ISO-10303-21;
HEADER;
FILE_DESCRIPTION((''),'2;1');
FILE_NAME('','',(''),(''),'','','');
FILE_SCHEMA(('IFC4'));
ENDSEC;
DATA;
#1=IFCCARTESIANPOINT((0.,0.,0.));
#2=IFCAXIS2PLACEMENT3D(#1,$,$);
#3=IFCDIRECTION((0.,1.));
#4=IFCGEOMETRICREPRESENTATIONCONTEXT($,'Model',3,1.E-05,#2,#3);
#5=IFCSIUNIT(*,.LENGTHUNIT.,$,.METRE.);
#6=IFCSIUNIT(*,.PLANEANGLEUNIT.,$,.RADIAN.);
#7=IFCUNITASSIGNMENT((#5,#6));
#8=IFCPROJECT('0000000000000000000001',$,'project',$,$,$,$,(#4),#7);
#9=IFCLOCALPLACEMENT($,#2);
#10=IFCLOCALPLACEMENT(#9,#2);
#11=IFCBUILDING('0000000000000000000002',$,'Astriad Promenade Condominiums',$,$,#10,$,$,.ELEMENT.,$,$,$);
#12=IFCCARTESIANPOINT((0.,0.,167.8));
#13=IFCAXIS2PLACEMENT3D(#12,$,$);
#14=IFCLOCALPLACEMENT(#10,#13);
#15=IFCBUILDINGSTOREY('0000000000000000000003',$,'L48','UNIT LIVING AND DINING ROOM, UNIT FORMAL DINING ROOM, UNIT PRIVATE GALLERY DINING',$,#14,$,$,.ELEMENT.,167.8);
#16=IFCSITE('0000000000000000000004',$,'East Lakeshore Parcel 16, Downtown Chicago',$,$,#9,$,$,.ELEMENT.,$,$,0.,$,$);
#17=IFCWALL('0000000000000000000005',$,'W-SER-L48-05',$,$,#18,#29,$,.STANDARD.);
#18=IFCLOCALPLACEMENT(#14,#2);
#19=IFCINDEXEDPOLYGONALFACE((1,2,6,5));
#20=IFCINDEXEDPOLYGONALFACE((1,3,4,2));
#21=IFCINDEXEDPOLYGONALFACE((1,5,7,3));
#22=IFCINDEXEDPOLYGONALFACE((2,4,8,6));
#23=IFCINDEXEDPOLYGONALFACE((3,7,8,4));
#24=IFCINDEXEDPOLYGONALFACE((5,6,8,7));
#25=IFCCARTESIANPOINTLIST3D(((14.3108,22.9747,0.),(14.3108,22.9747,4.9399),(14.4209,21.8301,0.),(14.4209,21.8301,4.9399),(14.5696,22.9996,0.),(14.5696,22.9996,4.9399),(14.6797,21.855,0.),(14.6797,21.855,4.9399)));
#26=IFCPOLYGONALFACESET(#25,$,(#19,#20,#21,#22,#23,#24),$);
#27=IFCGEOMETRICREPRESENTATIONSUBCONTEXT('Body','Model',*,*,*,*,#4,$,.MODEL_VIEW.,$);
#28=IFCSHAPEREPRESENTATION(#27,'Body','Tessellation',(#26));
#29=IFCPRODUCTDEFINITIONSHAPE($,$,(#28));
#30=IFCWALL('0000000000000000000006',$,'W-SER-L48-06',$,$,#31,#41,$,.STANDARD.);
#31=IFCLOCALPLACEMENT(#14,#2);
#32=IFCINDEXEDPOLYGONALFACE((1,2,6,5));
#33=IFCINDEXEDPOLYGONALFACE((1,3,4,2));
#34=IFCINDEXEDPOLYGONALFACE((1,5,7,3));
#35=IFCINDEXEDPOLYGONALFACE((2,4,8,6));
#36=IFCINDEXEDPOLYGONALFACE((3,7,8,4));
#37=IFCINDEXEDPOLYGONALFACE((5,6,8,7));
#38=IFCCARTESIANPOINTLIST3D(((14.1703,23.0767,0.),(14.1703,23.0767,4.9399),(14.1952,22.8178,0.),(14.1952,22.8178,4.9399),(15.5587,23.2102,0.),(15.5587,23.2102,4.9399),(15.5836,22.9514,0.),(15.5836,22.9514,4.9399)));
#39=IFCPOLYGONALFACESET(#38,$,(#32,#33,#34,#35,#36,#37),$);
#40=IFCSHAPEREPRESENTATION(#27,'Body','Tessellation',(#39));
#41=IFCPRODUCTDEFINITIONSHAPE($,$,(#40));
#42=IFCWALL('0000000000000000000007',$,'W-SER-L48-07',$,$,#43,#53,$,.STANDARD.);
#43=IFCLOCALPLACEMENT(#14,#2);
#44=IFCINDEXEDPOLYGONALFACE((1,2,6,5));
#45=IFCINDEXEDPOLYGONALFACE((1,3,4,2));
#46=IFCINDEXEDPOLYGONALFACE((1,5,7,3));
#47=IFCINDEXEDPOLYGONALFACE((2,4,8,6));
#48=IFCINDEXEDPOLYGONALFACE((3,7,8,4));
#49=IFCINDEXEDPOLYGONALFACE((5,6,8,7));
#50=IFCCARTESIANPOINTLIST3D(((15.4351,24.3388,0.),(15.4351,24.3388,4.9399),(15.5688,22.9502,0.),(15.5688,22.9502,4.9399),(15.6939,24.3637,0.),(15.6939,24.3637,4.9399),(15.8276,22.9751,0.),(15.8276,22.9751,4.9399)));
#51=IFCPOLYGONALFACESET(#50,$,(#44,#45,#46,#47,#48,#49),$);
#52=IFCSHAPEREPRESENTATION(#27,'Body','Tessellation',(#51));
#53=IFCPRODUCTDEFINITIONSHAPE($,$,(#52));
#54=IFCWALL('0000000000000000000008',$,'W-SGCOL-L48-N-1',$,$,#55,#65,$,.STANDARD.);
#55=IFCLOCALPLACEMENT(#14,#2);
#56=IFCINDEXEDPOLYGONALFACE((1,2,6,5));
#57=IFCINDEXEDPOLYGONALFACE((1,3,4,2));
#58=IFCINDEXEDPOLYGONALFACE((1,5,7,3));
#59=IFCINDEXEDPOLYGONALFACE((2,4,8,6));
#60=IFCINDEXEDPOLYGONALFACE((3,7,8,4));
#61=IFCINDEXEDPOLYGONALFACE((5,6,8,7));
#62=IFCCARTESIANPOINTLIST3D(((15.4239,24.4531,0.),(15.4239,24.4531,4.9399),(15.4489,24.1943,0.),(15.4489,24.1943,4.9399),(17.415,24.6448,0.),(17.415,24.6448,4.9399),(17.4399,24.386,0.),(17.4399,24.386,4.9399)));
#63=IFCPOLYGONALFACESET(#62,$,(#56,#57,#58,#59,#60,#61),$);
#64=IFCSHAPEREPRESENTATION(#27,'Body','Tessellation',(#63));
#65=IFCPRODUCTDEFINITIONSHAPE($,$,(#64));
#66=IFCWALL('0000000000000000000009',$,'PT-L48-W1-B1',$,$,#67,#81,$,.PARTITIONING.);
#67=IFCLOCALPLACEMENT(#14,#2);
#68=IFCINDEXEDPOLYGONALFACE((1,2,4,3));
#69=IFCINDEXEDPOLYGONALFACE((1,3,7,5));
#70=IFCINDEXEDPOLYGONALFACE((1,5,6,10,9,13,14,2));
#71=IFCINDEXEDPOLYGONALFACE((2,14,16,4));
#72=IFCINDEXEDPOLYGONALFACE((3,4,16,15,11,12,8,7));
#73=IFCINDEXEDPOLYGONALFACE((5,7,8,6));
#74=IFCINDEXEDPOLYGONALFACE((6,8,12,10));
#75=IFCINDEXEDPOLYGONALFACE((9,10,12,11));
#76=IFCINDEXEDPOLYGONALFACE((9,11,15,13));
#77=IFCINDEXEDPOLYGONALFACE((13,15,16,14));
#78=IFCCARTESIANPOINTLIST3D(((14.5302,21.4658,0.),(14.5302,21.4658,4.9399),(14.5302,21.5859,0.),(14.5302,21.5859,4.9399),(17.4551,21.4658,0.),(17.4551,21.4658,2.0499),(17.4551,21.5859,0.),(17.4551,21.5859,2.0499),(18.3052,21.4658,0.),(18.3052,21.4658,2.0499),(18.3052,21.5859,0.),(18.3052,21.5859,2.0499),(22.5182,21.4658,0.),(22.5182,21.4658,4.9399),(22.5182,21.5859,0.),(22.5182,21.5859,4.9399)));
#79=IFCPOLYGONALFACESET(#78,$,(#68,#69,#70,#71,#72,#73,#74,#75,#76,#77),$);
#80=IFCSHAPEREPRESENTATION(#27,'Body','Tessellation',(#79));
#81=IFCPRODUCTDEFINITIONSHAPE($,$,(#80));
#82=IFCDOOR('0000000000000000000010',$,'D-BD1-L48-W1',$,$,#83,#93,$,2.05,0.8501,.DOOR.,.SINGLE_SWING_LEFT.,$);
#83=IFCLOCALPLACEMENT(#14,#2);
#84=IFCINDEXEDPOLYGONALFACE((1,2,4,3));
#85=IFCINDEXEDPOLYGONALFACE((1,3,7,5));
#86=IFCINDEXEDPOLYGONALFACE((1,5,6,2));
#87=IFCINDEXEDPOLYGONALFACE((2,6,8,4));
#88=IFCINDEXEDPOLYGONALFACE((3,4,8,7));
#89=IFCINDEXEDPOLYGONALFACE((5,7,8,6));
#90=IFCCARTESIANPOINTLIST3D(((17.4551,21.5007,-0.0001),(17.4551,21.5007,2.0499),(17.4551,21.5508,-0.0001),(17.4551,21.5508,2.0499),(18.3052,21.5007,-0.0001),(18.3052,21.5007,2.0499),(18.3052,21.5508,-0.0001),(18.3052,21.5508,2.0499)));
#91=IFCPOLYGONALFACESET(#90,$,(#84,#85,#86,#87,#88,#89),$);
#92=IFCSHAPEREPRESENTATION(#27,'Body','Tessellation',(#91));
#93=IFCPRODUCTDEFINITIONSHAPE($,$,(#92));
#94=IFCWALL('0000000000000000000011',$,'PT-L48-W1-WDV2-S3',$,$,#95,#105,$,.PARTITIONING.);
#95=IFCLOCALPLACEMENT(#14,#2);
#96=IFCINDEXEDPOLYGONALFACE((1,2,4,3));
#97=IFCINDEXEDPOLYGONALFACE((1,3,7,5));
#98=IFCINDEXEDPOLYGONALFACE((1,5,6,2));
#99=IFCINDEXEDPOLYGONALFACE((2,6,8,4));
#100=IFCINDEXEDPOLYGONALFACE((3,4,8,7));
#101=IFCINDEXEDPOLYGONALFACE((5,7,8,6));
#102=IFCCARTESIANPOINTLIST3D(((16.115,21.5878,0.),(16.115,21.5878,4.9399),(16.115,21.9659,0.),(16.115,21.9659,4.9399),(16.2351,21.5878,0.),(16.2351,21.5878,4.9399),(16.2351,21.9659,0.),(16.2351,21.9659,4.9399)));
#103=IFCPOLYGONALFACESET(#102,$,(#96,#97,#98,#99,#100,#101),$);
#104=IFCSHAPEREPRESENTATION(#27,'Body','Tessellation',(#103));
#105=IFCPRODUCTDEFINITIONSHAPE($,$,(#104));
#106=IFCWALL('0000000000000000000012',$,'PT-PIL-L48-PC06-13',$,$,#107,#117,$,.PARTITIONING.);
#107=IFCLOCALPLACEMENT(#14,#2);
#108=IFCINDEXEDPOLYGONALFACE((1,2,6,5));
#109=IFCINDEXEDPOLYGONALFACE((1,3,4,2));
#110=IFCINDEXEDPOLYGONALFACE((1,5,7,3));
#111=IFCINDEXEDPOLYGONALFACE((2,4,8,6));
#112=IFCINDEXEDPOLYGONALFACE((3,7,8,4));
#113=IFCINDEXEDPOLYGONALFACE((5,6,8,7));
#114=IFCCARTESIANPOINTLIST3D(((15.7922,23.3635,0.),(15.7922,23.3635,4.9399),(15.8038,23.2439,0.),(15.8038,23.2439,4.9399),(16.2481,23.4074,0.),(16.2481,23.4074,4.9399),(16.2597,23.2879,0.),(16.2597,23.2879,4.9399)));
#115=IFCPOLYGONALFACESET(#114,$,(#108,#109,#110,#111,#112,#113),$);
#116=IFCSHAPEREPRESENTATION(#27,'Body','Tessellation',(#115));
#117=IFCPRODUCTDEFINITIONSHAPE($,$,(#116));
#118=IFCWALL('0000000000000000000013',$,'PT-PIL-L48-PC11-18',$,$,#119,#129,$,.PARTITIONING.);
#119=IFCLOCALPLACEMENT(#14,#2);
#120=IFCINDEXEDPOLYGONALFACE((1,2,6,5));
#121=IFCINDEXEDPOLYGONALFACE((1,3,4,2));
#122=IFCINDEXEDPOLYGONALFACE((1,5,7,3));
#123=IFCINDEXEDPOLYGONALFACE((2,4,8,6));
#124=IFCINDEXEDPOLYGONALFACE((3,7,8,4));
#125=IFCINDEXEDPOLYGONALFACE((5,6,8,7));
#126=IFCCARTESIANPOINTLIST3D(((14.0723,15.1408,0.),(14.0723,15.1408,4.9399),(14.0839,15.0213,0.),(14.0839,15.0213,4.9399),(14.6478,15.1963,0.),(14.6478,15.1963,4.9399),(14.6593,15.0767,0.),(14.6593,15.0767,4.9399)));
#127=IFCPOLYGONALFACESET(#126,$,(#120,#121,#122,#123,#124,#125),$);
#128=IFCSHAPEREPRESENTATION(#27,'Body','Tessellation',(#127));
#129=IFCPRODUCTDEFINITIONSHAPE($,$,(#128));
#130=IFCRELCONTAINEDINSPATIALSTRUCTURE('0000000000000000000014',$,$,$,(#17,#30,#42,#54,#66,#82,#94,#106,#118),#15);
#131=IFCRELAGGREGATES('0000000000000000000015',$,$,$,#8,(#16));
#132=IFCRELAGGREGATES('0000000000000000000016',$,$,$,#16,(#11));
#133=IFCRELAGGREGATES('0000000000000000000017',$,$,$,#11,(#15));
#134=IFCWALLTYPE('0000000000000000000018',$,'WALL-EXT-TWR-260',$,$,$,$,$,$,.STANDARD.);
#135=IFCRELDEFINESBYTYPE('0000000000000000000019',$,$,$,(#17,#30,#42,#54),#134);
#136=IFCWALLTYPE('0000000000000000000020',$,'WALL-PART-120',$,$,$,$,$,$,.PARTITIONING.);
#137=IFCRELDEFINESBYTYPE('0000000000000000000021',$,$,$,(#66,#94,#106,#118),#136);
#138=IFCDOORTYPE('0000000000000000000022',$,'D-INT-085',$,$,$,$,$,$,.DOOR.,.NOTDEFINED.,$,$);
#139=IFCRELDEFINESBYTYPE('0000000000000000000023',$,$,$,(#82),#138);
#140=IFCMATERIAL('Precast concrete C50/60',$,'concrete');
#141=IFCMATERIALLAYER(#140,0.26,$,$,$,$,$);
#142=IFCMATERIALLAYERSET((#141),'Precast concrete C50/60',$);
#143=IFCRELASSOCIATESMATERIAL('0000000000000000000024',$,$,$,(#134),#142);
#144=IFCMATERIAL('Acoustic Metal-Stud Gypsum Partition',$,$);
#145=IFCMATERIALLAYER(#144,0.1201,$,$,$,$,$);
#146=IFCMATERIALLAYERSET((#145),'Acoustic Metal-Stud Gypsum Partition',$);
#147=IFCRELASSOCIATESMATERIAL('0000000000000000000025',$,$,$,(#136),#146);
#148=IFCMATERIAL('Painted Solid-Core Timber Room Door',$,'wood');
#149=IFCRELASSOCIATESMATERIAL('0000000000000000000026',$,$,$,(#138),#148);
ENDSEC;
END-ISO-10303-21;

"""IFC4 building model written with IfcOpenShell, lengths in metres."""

from ifc_helpers import new_model, si_unit, direction, frame, frame_2d, origin, place, context, subcontext, project, spatial, rectangle, extrude, source, transform, mapped, material, layer, layer_set, type_object, type_shapes, element, fill, save


model = new_model("IFC4")

# Units and contexts
model_context = context("Model", 3, precision=1e-05, world=origin(), true_north=direction((0.0, 1.0)))
body_context = subcontext(model_context, "Body", "Model", "MODEL_VIEW")
ifc_project = project(units=[si_unit("LENGTHUNIT", "METRE"), si_unit("PLANEANGLEUNIT", "RADIAN")], contexts=[model_context])

# Site, building, storey
site_placement = place(None, origin())
site = spatial("IfcSite", under=ifc_project, at=site_placement, Name="East Lakeshore Parcel 16, Downtown Chicago", CompositionType="ELEMENT", RefElevation=0.0)
building_placement = place(site_placement, origin())
building = spatial("IfcBuilding", under=site, at=building_placement, Name="Astriad Promenade Condominiums", CompositionType="ELEMENT")
storey_placement = place(building_placement, frame((0.0, 0.0, 167.8)))
storey = spatial("IfcBuildingStorey", under=building, at=storey_placement, Name="L48", Description="UNIT LIVING AND DINING ROOM, UNIT FORMAL DINING ROOM, UNIT PRIVATE GALLERY DINING", CompositionType="ELEMENT", Elevation=167.8)

# Walls
ifc_material_1 = material(Name="Precast concrete C50/60", Category="concrete")
ifc_layer_1 = layer(ifc_material_1, 0.26)
ifc_layer_set_1 = layer_set([ifc_layer_1], Name="Precast concrete C50/60")
wall_type_1 = type_object("IfcWallType", Name="WALL-EXT-TWR-260", PredefinedType="STANDARD", material=ifc_layer_set_1)
wall_1_placement = place(storey_placement, frame((14.5503, 21.8425, 0.0), z_axis=(0.0, 0.0, 1.0), x_axis=(-0.095761, 0.995404, 0.0)))
element("IfcWall", 1, at=wall_1_placement, inside=storey, type_object=wall_type_1, Name="W-SER-L48-05", PredefinedType="STANDARD", context=body_context, shape_type="SweptSolid", body=[
    extrude(rectangle(XDim=1.1499, YDim=0.26, at=frame_2d((0.575, 0.0))), origin(), (0.0, 0.0, 1.0), 4.9399),
])
wall_2_placement = place(storey_placement, frame((14.1829, 22.9473, 0.0), z_axis=(0.0, 0.0, 1.0), x_axis=(0.995406, 0.095742, 0.0)))
element("IfcWall", 2, at=wall_2_placement, inside=storey, type_object=wall_type_1, Name="W-SER-L48-06", PredefinedType="STANDARD", context=body_context, shape_type="SweptSolid", body=[
    extrude(rectangle(XDim=1.3948, YDim=0.26, at=frame_2d((0.6973, 0.0))), origin(), (0.0, 0.0, 1.0), 4.9399),
])
wall_3_placement = place(storey_placement, frame((15.6982, 22.9626, 0.0), z_axis=(0.0, 0.0, 1.0), x_axis=(-0.095899, 0.995391, 0.0)))
element("IfcWall", 3, at=wall_3_placement, inside=storey, type_object=wall_type_1, Name="W-SER-L48-07", PredefinedType="STANDARD", context=body_context, shape_type="SweptSolid", body=[
    extrude(rectangle(XDim=1.395, YDim=0.26, at=frame_2d((0.6975, 0.0))), origin(), (0.0, 0.0, 1.0), 4.9399),
])
wall_4_placement = place(storey_placement, frame((15.4365, 24.3237, 0.0), z_axis=(0.0, 0.0, 1.0), x_axis=(0.995399, 0.095817, 0.0)))
element("IfcWall", 4, at=wall_4_placement, inside=storey, type_object=wall_type_1, Name="W-SGCOL-L48-N-1", PredefinedType="STANDARD", context=body_context, shape_type="SweptSolid", body=[
    extrude(rectangle(XDim=2.0002, YDim=0.26, at=frame_2d((1.0, 0.0))), origin(), (0.0, 0.0, 1.0), 4.9399),
])

# Wall, opening, door
ifc_material_2 = material(Name="Acoustic Metal-Stud Gypsum Partition")
ifc_layer_2 = layer(ifc_material_2, 0.1201)
ifc_layer_set_2 = layer_set([ifc_layer_2], Name="Acoustic Metal-Stud Gypsum Partition")
wall_type_2 = type_object("IfcWallType", Name="WALL-PART-120", PredefinedType="PARTITIONING", material=ifc_layer_set_2)
wall_5_placement = place(storey_placement, frame((14.53, 21.5259, 0.0), z_axis=(0.0, 0.0, 1.0), x_axis=(1.0, 0.0, 0.0)))
wall_5 = element("IfcWall", 5, at=wall_5_placement, inside=storey, type_object=wall_type_2, Name="PT-L48-W1-B1", PredefinedType="PARTITIONING", context=body_context, shape_type="SweptSolid", body=[
    extrude(rectangle(XDim=7.988, YDim=0.1201, at=frame_2d((3.9941, 0.0))), origin(), (0.0, 0.0, 1.0), 4.9399),
])
opening_placement = place(wall_5_placement, frame((2.925, 0.0, 0.0)))
opening = element("IfcOpeningElement", 6, at=opening_placement, cuts=wall_5, PredefinedType="OPENING", context=body_context, shape_type="SweptSolid", body=[
    extrude(rectangle(XDim=0.8501, YDim=2.05, at=frame_2d((0.425, 1.0249))), frame((0.0, 0.0701, 0.0), z_axis=(0.0, -1.0, 0.0), x_axis=(1.0, 0.0, 0.0)), (0.0, 0.0, 1.0), 0.1401),
])
ifc_material_3 = material(Name="Painted Solid-Core Timber Room Door", Category="wood")
door_type = type_object("IfcDoorType", Name="D-INT-085", OperationType="NOTDEFINED", PredefinedType="DOOR", material=ifc_material_3)
shared_shape_1 = source(origin(), body_context, "Body", "SweptSolid", [
    extrude(rectangle(XDim=0.8501, YDim=2.05, at=frame_2d((0.425, 1.0249))), frame((0.0, 0.0249, 0.0), z_axis=(0.0, -1.0, 0.0), x_axis=(1.0, 0.0, 0.0)), (0.0, 0.0, 1.0), 0.05),
])
type_shapes(door_type, [shared_shape_1])
door_placement = place(opening_placement, origin())
door = element("IfcDoor", 7, at=door_placement, inside=storey, type_object=door_type, Name="D-BD1-L48-W1", OperationType="SINGLE_SWING_LEFT", OverallHeight=2.05, OverallWidth=0.8501, PredefinedType="DOOR", context=body_context, shape_type="MappedRepresentation", body=[
    mapped(shared_shape_1, transform((0.0, 0.0, 0.0), scale=1.0)),
])
fill(opening, door)

# Walls
wall_6_placement = place(storey_placement, frame((16.175, 21.5879, 0.0), z_axis=(0.0, 0.0, 1.0), x_axis=(0.0, 1.0, 0.0)))
element("IfcWall", 8, at=wall_6_placement, inside=storey, type_object=wall_type_2, Name="PT-L48-W1-WDV2-S3", PredefinedType="PARTITIONING", context=body_context, shape_type="SweptSolid", body=[
    extrude(rectangle(XDim=0.3782, YDim=0.1201, at=frame_2d((0.189, 0.0))), origin(), (0.0, 0.0, 1.0), 4.9399),
])
wall_7_placement = place(storey_placement, frame((16.2539, 23.3477, 0.0), z_axis=(0.0, 0.0, 1.0), x_axis=(-0.995385, -0.095966, 0.0)))
element("IfcWall", 9, at=wall_7_placement, inside=storey, type_object=wall_type_2, Name="PT-PIL-L48-PC06-13", PredefinedType="PARTITIONING", context=body_context, shape_type="SweptSolid", body=[
    extrude(rectangle(XDim=0.458, YDim=0.1201, at=frame_2d((0.229, 0.0))), origin(), (0.0, 0.0, 1.0), 4.9399),
])
wall_8_placement = place(storey_placement, frame((14.6536, 15.1365, 0.0), z_axis=(0.0, 0.0, 1.0), x_axis=(-0.995394, -0.095865, 0.0)))
element("IfcWall", 10, at=wall_8_placement, inside=storey, type_object=wall_type_2, Name="PT-PIL-L48-PC11-18", PredefinedType="PARTITIONING", context=body_context, shape_type="SweptSolid", body=[
    extrude(rectangle(XDim=0.5781, YDim=0.1201, at=frame_2d((0.2891, 0.0))), origin(), (0.0, 0.0, 1.0), 4.9399),
])

save(model, "model.ifc")
